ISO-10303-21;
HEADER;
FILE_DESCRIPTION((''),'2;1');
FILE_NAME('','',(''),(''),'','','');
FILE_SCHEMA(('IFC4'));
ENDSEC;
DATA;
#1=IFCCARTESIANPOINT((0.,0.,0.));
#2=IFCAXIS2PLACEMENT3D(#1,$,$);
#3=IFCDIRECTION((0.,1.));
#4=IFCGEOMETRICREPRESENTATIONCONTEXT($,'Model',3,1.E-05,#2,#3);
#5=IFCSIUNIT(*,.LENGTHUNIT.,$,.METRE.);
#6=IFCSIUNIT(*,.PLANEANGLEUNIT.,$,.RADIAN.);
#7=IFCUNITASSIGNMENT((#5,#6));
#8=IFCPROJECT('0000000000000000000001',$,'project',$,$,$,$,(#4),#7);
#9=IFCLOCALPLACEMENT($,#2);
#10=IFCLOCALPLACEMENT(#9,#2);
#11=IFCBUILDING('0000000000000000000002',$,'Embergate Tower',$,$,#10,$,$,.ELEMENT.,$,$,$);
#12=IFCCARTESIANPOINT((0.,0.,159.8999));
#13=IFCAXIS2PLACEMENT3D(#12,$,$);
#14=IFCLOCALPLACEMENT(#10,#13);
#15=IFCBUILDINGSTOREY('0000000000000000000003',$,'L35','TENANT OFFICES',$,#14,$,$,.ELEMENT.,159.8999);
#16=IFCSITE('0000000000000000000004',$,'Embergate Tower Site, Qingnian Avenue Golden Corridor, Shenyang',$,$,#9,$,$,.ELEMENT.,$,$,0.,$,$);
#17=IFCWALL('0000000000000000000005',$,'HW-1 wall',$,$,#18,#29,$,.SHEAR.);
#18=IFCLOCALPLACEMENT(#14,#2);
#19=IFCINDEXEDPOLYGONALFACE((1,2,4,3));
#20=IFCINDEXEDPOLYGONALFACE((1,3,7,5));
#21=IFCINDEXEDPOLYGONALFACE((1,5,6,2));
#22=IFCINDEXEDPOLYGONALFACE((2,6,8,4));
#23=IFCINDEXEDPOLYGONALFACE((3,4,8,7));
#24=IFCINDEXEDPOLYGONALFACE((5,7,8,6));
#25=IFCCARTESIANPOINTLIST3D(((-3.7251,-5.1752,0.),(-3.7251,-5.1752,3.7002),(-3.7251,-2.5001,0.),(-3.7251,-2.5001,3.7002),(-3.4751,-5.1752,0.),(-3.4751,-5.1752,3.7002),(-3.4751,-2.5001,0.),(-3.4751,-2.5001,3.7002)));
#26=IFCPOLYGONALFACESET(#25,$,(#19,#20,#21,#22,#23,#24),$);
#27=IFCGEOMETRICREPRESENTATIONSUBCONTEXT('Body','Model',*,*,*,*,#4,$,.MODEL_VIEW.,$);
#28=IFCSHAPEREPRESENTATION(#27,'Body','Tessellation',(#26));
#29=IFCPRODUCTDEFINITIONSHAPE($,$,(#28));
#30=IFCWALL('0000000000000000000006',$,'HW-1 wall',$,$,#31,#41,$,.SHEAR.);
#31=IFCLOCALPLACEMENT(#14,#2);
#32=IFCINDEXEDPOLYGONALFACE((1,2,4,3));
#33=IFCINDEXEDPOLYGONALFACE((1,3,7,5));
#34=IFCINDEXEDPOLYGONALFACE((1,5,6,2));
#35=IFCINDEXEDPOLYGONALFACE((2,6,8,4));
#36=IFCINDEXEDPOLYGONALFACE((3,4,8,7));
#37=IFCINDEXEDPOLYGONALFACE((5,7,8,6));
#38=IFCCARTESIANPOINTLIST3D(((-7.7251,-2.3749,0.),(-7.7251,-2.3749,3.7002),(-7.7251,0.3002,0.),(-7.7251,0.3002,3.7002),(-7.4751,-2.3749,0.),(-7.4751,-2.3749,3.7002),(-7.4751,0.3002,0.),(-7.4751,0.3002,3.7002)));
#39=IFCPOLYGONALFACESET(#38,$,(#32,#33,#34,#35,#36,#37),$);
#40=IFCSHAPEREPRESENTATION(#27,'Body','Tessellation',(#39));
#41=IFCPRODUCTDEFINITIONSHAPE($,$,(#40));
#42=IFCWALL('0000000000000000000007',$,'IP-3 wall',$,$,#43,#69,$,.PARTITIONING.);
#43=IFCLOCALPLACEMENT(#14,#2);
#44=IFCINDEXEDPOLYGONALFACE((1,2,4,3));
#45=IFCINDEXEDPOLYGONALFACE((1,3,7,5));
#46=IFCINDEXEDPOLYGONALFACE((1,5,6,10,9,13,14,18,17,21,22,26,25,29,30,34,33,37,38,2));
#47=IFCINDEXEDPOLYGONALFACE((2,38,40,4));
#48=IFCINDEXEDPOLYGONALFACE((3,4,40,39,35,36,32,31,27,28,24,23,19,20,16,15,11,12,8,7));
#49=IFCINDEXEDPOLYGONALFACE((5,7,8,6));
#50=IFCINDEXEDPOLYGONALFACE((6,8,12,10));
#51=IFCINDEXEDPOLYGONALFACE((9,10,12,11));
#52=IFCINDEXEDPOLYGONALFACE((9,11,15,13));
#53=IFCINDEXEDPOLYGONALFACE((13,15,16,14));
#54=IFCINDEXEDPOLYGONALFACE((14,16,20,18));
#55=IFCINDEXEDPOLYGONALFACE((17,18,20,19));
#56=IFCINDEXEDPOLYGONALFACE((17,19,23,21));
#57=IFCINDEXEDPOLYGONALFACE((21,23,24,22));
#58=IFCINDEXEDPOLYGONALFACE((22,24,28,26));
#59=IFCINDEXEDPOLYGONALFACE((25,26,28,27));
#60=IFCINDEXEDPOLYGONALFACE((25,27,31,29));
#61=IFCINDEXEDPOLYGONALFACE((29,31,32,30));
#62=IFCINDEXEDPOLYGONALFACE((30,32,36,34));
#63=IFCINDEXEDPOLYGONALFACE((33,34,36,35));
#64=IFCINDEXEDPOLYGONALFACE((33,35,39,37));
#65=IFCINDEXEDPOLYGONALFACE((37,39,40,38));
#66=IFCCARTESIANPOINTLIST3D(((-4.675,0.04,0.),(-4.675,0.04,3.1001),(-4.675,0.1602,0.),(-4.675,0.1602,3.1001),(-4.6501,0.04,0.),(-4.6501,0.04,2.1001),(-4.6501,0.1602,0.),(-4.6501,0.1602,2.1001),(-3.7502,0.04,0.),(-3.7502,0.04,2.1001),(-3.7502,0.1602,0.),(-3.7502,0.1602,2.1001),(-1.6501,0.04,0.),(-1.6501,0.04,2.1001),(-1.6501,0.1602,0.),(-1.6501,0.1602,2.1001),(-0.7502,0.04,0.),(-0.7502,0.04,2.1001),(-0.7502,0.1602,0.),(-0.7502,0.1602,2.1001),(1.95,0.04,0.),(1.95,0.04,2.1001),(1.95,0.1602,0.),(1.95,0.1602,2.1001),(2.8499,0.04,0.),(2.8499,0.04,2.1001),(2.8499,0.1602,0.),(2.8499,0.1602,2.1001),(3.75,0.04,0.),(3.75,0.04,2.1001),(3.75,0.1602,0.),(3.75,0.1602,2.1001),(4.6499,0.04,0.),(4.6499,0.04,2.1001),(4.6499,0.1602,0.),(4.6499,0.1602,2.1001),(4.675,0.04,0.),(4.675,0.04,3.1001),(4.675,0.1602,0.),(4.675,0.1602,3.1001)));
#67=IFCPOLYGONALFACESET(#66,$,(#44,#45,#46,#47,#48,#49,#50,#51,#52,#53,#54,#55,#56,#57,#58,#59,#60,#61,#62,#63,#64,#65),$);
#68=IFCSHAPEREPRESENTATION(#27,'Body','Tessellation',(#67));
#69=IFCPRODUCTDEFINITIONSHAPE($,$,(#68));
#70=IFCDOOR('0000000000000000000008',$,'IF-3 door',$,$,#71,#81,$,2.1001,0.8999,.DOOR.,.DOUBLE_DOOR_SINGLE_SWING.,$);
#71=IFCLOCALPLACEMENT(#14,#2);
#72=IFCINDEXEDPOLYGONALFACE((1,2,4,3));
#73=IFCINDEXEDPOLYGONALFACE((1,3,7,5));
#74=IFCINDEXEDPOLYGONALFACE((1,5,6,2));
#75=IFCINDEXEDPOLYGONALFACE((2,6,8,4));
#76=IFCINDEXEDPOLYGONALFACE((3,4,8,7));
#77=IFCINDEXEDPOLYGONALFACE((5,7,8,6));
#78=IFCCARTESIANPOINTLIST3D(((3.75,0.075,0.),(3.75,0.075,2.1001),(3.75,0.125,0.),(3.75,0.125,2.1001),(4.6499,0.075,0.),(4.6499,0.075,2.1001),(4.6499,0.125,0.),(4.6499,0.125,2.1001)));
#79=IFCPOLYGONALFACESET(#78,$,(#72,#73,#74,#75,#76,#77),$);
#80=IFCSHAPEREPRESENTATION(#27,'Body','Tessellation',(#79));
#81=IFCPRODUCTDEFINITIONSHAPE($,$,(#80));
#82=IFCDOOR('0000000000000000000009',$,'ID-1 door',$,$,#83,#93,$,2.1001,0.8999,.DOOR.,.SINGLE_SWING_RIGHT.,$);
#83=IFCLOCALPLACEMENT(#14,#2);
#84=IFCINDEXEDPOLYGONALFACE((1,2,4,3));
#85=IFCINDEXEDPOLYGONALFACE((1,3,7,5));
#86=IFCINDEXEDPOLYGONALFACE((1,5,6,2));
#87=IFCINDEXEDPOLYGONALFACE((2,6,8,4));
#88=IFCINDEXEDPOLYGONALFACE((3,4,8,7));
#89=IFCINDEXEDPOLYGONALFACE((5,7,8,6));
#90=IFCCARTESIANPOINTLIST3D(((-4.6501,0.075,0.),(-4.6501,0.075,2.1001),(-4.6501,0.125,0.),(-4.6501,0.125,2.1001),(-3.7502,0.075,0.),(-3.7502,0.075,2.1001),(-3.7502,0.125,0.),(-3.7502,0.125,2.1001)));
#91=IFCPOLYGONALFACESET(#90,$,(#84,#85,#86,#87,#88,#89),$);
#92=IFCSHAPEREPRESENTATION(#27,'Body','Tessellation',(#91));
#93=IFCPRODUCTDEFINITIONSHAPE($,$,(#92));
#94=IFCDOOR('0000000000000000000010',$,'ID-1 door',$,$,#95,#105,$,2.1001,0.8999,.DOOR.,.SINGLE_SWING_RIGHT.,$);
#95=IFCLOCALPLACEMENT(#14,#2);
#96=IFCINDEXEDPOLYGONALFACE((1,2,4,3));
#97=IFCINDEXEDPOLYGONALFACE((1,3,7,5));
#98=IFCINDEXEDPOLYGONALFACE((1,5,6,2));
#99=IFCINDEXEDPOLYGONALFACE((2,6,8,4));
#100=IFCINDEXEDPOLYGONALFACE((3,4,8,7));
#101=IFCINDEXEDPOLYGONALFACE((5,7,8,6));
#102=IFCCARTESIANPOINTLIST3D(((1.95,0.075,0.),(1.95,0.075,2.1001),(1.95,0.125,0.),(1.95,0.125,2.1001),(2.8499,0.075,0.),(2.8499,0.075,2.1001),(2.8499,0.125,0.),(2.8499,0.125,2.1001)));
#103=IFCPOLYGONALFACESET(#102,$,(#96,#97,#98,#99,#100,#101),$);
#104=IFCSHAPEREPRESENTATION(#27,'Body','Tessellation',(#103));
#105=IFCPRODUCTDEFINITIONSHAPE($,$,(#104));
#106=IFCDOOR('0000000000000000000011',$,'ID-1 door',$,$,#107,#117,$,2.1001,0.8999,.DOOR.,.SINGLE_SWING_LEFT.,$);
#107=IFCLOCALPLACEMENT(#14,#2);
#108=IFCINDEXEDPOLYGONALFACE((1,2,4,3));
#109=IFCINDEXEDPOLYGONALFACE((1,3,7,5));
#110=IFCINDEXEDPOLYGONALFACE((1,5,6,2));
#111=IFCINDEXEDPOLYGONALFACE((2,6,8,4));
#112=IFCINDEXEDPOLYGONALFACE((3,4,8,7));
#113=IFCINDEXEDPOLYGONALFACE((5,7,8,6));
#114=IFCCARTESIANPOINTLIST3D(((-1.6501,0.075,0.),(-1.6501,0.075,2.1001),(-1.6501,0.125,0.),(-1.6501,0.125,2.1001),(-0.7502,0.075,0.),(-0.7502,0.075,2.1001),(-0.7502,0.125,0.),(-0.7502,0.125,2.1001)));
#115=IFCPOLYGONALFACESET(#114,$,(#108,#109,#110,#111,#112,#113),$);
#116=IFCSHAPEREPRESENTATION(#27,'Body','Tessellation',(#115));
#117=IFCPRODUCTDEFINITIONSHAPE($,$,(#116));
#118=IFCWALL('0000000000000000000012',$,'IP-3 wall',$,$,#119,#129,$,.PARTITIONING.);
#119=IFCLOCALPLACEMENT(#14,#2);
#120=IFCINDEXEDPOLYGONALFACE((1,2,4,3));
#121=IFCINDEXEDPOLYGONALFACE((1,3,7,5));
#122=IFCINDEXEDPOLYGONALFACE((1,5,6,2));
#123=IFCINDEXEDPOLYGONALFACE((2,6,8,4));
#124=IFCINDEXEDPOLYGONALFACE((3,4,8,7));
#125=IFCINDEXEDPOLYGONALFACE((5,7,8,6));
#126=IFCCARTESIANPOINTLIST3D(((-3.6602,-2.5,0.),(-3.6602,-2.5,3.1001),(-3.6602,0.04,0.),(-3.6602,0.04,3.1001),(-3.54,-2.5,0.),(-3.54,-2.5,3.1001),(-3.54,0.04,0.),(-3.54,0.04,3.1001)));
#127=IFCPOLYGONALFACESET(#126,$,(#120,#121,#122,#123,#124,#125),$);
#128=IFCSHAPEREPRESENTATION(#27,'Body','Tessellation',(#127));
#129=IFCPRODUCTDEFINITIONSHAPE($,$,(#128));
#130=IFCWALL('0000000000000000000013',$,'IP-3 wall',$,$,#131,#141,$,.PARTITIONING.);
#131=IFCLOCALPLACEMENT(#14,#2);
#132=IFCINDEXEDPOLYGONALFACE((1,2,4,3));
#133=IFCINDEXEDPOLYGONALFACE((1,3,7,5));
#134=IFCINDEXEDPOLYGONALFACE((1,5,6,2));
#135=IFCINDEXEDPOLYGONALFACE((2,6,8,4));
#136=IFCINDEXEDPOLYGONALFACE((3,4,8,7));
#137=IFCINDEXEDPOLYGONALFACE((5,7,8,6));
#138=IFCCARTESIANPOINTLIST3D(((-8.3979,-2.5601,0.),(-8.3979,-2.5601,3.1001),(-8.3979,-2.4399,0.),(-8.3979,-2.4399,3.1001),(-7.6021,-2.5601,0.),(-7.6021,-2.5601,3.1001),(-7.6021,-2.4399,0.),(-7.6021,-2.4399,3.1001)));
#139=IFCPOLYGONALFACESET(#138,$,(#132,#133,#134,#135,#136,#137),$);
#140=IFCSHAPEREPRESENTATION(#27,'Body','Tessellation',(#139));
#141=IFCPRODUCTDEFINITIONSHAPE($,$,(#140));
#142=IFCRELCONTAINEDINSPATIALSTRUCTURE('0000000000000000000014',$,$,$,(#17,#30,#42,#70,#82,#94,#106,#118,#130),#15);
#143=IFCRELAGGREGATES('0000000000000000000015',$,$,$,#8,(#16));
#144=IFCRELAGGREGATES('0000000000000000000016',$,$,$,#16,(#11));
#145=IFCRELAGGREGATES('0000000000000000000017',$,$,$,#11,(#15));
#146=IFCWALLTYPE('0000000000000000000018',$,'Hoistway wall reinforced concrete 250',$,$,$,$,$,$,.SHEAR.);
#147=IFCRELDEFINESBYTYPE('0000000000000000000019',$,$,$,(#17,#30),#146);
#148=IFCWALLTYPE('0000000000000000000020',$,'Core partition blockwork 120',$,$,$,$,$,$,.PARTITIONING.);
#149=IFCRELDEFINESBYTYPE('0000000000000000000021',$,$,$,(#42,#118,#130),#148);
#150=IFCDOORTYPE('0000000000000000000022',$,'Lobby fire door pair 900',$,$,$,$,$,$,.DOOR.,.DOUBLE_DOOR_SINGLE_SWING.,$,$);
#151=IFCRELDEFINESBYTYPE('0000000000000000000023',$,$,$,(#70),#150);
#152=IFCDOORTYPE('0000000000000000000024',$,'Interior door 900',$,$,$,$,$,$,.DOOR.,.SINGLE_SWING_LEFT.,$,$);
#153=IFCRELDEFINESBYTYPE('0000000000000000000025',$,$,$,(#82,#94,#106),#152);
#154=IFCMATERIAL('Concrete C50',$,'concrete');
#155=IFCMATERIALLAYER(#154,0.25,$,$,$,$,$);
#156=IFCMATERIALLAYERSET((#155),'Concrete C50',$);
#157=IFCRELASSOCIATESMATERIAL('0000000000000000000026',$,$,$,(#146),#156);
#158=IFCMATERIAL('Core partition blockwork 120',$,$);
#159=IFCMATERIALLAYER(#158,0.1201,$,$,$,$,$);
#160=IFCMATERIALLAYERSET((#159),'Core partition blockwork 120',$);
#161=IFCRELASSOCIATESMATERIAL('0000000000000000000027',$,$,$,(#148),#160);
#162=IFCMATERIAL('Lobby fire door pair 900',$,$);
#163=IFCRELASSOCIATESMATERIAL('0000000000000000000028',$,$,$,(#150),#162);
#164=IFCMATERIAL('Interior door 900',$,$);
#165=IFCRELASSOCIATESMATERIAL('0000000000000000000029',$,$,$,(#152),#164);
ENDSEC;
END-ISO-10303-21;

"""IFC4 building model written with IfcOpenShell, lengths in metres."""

from ifc_helpers import new_model, si_unit, direction, frame, frame_2d, origin, place, context, subcontext, project, spatial, rectangle, extrude, source, transform, mapped, material, layer, layer_set, type_object, element, fill, save


model = new_model("IFC4")

# Units and contexts
model_context = context("Model", 3, precision=1e-05, world=origin(), true_north=direction((0.0, 1.0)))
body_context = subcontext(model_context, "Body", "Model", "MODEL_VIEW")
ifc_project = project(units=[si_unit("LENGTHUNIT", "METRE"), si_unit("PLANEANGLEUNIT", "RADIAN")], contexts=[model_context])

# Site, building, storey
site_placement = place(None, origin())
site = spatial("IfcSite", under=ifc_project, at=site_placement, Name="Embergate Tower Site, Qingnian Avenue Golden Corridor, Shenyang", CompositionType="ELEMENT", RefElevation=0.0)
building_placement = place(site_placement, origin())
building = spatial("IfcBuilding", under=site, at=building_placement, Name="Embergate Tower", CompositionType="ELEMENT")
storey_placement = place(building_placement, frame((0.0, 0.0, 159.8999)))
storey = spatial("IfcBuildingStorey", under=building, at=storey_placement, Name="L35", Description="TENANT OFFICES", CompositionType="ELEMENT", Elevation=159.8999)

# Walls
ifc_material_1 = material(Name="Concrete C50", Category="concrete")
ifc_layer_1 = layer(ifc_material_1, 0.25)
ifc_layer_set_1 = layer_set([ifc_layer_1], Name="Concrete C50")
wall_type_1 = type_object("IfcWallType", Name="Hoistway wall reinforced concrete 250", PredefinedType="SHEAR", material=ifc_layer_set_1)
shared_shape_1 = source(origin(), body_context, "Body", "SweptSolid", [
    extrude(rectangle(XDim=2.675, YDim=0.25, at=frame_2d((1.3374, 0.0))), origin(), (0.0, 0.0, 1.0), 3.7002),
])
for number, where, z_axis, x_axis, name in (
    (1, (-3.6001, -5.175, 0.0), (0.0, 0.0, 1.0), (0.0, 1.0, 0.0), "HW-1 wall"),
    (2, (-7.6001, 0.3, 0.0), (0.0, 0.0, 1.0), (0.0, -1.0, 0.0), "HW-1 wall"),
):
    element("IfcWall", number, at=place(storey_placement, frame(where, z_axis=z_axis, x_axis=x_axis)), inside=storey, type_object=wall_type_1, Name=name, PredefinedType="SHEAR", context=body_context, shape_type="MappedRepresentation", body=[
        mapped(shared_shape_1, transform((0.0, 0.0, 0.0))),
    ])

# Wall, openings, doors
ifc_material_2 = material(Name="Core partition blockwork 120")
ifc_layer_2 = layer(ifc_material_2, 0.1201)
ifc_layer_set_2 = layer_set([ifc_layer_2], Name="Core partition blockwork 120")
wall_type_2 = type_object("IfcWallType", Name="Core partition blockwork 120", PredefinedType="PARTITIONING", material=ifc_layer_set_2)
shared_shape_2 = source(origin(), body_context, "Body", "SweptSolid", [
    extrude(rectangle(XDim=9.3501, YDim=0.1201, at=frame_2d((4.675, 0.0))), origin(), (0.0, 0.0, 1.0), 3.1001),
])
wall_1_placement = place(storey_placement, frame((-4.675, 0.1001, 0.0), z_axis=(0.0, 0.0, 1.0), x_axis=(1.0, 0.0, 0.0)))
wall_1 = element("IfcWall", 3, at=wall_1_placement, inside=storey, type_object=wall_type_2, Name="IP-3 wall", PredefinedType="PARTITIONING", context=body_context, shape_type="MappedRepresentation", body=[
    mapped(shared_shape_2, transform((0.0, 0.0, 0.0))),
])
shared_shape_3 = source(origin(), body_context, "Body", "SweptSolid", [
    extrude(rectangle(XDim=0.8999, YDim=2.1001, at=frame_2d((0.45, 1.05))), frame((0.0, 0.0701, 0.0), z_axis=(0.0, -1.0, 0.0), x_axis=(1.0, 0.0, 0.0)), (0.0, 0.0, 1.0), 0.1401),
])
opening_1_placement = place(wall_1_placement, frame((8.425, 0.0, 0.0)))
opening_1 = element("IfcOpeningElement", 4, at=opening_1_placement, cuts=wall_1, PredefinedType="OPENING", context=body_context, shape_type="MappedRepresentation", body=[
    mapped(shared_shape_3, transform((0.0, 0.0, 0.0))),
])
opening_2_placement = place(wall_1_placement, frame((0.0249, 0.0, 0.0)))
opening_2 = element("IfcOpeningElement", 5, at=opening_2_placement, cuts=wall_1, PredefinedType="OPENING", context=body_context, shape_type="MappedRepresentation", body=[
    mapped(shared_shape_3, transform((0.0, 0.0, 0.0))),
])
opening_3_placement = place(wall_1_placement, frame((6.625, 0.0, 0.0)))
opening_3 = element("IfcOpeningElement", 6, at=opening_3_placement, cuts=wall_1, PredefinedType="OPENING", context=body_context, shape_type="MappedRepresentation", body=[
    mapped(shared_shape_3, transform((0.0, 0.0, 0.0))),
])
opening_4_placement = place(wall_1_placement, frame((3.0249, 0.0, 0.0)))
opening_4 = element("IfcOpeningElement", 7, at=opening_4_placement, cuts=wall_1, PredefinedType="OPENING", context=body_context, shape_type="MappedRepresentation", body=[
    mapped(shared_shape_3, transform((0.0, 0.0, 0.0))),
])
ifc_material_3 = material(Name="Lobby fire door pair 900")
door_type_1 = type_object("IfcDoorType", Name="Lobby fire door pair 900", OperationType="DOUBLE_DOOR_SINGLE_SWING", PredefinedType="DOOR", material=ifc_material_3)
shared_shape_4 = source(origin(), body_context, "Body", "SweptSolid", [
    extrude(rectangle(XDim=0.8999, YDim=2.1001, at=frame_2d((0.45, 1.05))), frame((0.0, 0.0249, 0.0), z_axis=(0.0, -1.0, 0.0), x_axis=(1.0, 0.0, 0.0)), (0.0, 0.0, 1.0), 0.05),
])
door_1_placement = place(opening_1_placement, origin())
door_1 = element("IfcDoor", 8, at=door_1_placement, inside=storey, type_object=door_type_1, Name="IF-3 door", OperationType="DOUBLE_DOOR_SINGLE_SWING", OverallHeight=2.1001, OverallWidth=0.8999, PredefinedType="DOOR", context=body_context, shape_type="MappedRepresentation", body=[
    mapped(shared_shape_4, transform((0.0, 0.0, 0.0))),
])
fill(opening_1, door_1)
ifc_material_4 = material(Name="Interior door 900")
door_type_2 = type_object("IfcDoorType", Name="Interior door 900", OperationType="SINGLE_SWING_LEFT", PredefinedType="DOOR", material=ifc_material_4)
door_2_placement = place(opening_2_placement, origin())
door_2 = element("IfcDoor", 9, at=door_2_placement, inside=storey, type_object=door_type_2, Name="ID-1 door", OperationType="SINGLE_SWING_RIGHT", OverallHeight=2.1001, OverallWidth=0.8999, PredefinedType="DOOR", context=body_context, shape_type="MappedRepresentation", body=[
    mapped(shared_shape_4, transform((0.0, 0.0, 0.0))),
])
fill(opening_2, door_2)
door_3_placement = place(opening_3_placement, origin())
door_3 = element("IfcDoor", 10, at=door_3_placement, inside=storey, type_object=door_type_2, Name="ID-1 door", OperationType="SINGLE_SWING_RIGHT", OverallHeight=2.1001, OverallWidth=0.8999, PredefinedType="DOOR", context=body_context, shape_type="MappedRepresentation", body=[
    mapped(shared_shape_4, transform((0.0, 0.0, 0.0))),
])
fill(opening_3, door_3)
door_4_placement = place(opening_4_placement, origin())
door_4 = element("IfcDoor", 11, at=door_4_placement, inside=storey, type_object=door_type_2, Name="ID-1 door", OperationType="SINGLE_SWING_LEFT", OverallHeight=2.1001, OverallWidth=0.8999, PredefinedType="DOOR", context=body_context, shape_type="MappedRepresentation", body=[
    mapped(shared_shape_4, transform((0.0, 0.0, 0.0))),
])
fill(opening_4, door_4)

# Walls
shared_shape_5 = source(origin(), body_context, "Body", "SweptSolid", [
    extrude(rectangle(XDim=2.54, YDim=0.1201, at=frame_2d((1.27, 0.0))), origin(), (0.0, 0.0, 1.0), 3.1001),
])
wall_2_placement = place(storey_placement, frame((-3.6001, -2.5, 0.0), z_axis=(0.0, 0.0, 1.0), x_axis=(0.0, 1.0, 0.0)))
element("IfcWall", 12, at=wall_2_placement, inside=storey, type_object=wall_type_2, Name="IP-3 wall", PredefinedType="PARTITIONING", context=body_context, shape_type="MappedRepresentation", body=[
    mapped(shared_shape_5, transform((0.0, 0.0, 0.0))),
])
shared_shape_6 = source(origin(), body_context, "Body", "SweptSolid", [
    extrude(rectangle(XDim=0.7959, YDim=0.1201, at=frame_2d((0.3979, 0.0))), origin(), (0.0, 0.0, 1.0), 3.1001),
])
wall_3_placement = place(storey_placement, frame((-8.3979, -2.5, 0.0), z_axis=(0.0, 0.0, 1.0), x_axis=(1.0, 0.0, 0.0)))
element("IfcWall", 13, at=wall_3_placement, inside=storey, type_object=wall_type_2, Name="IP-3 wall", PredefinedType="PARTITIONING", context=body_context, shape_type="MappedRepresentation", body=[
    mapped(shared_shape_6, transform((0.0, 0.0, 0.0))),
])

save(model, "model.ifc")
